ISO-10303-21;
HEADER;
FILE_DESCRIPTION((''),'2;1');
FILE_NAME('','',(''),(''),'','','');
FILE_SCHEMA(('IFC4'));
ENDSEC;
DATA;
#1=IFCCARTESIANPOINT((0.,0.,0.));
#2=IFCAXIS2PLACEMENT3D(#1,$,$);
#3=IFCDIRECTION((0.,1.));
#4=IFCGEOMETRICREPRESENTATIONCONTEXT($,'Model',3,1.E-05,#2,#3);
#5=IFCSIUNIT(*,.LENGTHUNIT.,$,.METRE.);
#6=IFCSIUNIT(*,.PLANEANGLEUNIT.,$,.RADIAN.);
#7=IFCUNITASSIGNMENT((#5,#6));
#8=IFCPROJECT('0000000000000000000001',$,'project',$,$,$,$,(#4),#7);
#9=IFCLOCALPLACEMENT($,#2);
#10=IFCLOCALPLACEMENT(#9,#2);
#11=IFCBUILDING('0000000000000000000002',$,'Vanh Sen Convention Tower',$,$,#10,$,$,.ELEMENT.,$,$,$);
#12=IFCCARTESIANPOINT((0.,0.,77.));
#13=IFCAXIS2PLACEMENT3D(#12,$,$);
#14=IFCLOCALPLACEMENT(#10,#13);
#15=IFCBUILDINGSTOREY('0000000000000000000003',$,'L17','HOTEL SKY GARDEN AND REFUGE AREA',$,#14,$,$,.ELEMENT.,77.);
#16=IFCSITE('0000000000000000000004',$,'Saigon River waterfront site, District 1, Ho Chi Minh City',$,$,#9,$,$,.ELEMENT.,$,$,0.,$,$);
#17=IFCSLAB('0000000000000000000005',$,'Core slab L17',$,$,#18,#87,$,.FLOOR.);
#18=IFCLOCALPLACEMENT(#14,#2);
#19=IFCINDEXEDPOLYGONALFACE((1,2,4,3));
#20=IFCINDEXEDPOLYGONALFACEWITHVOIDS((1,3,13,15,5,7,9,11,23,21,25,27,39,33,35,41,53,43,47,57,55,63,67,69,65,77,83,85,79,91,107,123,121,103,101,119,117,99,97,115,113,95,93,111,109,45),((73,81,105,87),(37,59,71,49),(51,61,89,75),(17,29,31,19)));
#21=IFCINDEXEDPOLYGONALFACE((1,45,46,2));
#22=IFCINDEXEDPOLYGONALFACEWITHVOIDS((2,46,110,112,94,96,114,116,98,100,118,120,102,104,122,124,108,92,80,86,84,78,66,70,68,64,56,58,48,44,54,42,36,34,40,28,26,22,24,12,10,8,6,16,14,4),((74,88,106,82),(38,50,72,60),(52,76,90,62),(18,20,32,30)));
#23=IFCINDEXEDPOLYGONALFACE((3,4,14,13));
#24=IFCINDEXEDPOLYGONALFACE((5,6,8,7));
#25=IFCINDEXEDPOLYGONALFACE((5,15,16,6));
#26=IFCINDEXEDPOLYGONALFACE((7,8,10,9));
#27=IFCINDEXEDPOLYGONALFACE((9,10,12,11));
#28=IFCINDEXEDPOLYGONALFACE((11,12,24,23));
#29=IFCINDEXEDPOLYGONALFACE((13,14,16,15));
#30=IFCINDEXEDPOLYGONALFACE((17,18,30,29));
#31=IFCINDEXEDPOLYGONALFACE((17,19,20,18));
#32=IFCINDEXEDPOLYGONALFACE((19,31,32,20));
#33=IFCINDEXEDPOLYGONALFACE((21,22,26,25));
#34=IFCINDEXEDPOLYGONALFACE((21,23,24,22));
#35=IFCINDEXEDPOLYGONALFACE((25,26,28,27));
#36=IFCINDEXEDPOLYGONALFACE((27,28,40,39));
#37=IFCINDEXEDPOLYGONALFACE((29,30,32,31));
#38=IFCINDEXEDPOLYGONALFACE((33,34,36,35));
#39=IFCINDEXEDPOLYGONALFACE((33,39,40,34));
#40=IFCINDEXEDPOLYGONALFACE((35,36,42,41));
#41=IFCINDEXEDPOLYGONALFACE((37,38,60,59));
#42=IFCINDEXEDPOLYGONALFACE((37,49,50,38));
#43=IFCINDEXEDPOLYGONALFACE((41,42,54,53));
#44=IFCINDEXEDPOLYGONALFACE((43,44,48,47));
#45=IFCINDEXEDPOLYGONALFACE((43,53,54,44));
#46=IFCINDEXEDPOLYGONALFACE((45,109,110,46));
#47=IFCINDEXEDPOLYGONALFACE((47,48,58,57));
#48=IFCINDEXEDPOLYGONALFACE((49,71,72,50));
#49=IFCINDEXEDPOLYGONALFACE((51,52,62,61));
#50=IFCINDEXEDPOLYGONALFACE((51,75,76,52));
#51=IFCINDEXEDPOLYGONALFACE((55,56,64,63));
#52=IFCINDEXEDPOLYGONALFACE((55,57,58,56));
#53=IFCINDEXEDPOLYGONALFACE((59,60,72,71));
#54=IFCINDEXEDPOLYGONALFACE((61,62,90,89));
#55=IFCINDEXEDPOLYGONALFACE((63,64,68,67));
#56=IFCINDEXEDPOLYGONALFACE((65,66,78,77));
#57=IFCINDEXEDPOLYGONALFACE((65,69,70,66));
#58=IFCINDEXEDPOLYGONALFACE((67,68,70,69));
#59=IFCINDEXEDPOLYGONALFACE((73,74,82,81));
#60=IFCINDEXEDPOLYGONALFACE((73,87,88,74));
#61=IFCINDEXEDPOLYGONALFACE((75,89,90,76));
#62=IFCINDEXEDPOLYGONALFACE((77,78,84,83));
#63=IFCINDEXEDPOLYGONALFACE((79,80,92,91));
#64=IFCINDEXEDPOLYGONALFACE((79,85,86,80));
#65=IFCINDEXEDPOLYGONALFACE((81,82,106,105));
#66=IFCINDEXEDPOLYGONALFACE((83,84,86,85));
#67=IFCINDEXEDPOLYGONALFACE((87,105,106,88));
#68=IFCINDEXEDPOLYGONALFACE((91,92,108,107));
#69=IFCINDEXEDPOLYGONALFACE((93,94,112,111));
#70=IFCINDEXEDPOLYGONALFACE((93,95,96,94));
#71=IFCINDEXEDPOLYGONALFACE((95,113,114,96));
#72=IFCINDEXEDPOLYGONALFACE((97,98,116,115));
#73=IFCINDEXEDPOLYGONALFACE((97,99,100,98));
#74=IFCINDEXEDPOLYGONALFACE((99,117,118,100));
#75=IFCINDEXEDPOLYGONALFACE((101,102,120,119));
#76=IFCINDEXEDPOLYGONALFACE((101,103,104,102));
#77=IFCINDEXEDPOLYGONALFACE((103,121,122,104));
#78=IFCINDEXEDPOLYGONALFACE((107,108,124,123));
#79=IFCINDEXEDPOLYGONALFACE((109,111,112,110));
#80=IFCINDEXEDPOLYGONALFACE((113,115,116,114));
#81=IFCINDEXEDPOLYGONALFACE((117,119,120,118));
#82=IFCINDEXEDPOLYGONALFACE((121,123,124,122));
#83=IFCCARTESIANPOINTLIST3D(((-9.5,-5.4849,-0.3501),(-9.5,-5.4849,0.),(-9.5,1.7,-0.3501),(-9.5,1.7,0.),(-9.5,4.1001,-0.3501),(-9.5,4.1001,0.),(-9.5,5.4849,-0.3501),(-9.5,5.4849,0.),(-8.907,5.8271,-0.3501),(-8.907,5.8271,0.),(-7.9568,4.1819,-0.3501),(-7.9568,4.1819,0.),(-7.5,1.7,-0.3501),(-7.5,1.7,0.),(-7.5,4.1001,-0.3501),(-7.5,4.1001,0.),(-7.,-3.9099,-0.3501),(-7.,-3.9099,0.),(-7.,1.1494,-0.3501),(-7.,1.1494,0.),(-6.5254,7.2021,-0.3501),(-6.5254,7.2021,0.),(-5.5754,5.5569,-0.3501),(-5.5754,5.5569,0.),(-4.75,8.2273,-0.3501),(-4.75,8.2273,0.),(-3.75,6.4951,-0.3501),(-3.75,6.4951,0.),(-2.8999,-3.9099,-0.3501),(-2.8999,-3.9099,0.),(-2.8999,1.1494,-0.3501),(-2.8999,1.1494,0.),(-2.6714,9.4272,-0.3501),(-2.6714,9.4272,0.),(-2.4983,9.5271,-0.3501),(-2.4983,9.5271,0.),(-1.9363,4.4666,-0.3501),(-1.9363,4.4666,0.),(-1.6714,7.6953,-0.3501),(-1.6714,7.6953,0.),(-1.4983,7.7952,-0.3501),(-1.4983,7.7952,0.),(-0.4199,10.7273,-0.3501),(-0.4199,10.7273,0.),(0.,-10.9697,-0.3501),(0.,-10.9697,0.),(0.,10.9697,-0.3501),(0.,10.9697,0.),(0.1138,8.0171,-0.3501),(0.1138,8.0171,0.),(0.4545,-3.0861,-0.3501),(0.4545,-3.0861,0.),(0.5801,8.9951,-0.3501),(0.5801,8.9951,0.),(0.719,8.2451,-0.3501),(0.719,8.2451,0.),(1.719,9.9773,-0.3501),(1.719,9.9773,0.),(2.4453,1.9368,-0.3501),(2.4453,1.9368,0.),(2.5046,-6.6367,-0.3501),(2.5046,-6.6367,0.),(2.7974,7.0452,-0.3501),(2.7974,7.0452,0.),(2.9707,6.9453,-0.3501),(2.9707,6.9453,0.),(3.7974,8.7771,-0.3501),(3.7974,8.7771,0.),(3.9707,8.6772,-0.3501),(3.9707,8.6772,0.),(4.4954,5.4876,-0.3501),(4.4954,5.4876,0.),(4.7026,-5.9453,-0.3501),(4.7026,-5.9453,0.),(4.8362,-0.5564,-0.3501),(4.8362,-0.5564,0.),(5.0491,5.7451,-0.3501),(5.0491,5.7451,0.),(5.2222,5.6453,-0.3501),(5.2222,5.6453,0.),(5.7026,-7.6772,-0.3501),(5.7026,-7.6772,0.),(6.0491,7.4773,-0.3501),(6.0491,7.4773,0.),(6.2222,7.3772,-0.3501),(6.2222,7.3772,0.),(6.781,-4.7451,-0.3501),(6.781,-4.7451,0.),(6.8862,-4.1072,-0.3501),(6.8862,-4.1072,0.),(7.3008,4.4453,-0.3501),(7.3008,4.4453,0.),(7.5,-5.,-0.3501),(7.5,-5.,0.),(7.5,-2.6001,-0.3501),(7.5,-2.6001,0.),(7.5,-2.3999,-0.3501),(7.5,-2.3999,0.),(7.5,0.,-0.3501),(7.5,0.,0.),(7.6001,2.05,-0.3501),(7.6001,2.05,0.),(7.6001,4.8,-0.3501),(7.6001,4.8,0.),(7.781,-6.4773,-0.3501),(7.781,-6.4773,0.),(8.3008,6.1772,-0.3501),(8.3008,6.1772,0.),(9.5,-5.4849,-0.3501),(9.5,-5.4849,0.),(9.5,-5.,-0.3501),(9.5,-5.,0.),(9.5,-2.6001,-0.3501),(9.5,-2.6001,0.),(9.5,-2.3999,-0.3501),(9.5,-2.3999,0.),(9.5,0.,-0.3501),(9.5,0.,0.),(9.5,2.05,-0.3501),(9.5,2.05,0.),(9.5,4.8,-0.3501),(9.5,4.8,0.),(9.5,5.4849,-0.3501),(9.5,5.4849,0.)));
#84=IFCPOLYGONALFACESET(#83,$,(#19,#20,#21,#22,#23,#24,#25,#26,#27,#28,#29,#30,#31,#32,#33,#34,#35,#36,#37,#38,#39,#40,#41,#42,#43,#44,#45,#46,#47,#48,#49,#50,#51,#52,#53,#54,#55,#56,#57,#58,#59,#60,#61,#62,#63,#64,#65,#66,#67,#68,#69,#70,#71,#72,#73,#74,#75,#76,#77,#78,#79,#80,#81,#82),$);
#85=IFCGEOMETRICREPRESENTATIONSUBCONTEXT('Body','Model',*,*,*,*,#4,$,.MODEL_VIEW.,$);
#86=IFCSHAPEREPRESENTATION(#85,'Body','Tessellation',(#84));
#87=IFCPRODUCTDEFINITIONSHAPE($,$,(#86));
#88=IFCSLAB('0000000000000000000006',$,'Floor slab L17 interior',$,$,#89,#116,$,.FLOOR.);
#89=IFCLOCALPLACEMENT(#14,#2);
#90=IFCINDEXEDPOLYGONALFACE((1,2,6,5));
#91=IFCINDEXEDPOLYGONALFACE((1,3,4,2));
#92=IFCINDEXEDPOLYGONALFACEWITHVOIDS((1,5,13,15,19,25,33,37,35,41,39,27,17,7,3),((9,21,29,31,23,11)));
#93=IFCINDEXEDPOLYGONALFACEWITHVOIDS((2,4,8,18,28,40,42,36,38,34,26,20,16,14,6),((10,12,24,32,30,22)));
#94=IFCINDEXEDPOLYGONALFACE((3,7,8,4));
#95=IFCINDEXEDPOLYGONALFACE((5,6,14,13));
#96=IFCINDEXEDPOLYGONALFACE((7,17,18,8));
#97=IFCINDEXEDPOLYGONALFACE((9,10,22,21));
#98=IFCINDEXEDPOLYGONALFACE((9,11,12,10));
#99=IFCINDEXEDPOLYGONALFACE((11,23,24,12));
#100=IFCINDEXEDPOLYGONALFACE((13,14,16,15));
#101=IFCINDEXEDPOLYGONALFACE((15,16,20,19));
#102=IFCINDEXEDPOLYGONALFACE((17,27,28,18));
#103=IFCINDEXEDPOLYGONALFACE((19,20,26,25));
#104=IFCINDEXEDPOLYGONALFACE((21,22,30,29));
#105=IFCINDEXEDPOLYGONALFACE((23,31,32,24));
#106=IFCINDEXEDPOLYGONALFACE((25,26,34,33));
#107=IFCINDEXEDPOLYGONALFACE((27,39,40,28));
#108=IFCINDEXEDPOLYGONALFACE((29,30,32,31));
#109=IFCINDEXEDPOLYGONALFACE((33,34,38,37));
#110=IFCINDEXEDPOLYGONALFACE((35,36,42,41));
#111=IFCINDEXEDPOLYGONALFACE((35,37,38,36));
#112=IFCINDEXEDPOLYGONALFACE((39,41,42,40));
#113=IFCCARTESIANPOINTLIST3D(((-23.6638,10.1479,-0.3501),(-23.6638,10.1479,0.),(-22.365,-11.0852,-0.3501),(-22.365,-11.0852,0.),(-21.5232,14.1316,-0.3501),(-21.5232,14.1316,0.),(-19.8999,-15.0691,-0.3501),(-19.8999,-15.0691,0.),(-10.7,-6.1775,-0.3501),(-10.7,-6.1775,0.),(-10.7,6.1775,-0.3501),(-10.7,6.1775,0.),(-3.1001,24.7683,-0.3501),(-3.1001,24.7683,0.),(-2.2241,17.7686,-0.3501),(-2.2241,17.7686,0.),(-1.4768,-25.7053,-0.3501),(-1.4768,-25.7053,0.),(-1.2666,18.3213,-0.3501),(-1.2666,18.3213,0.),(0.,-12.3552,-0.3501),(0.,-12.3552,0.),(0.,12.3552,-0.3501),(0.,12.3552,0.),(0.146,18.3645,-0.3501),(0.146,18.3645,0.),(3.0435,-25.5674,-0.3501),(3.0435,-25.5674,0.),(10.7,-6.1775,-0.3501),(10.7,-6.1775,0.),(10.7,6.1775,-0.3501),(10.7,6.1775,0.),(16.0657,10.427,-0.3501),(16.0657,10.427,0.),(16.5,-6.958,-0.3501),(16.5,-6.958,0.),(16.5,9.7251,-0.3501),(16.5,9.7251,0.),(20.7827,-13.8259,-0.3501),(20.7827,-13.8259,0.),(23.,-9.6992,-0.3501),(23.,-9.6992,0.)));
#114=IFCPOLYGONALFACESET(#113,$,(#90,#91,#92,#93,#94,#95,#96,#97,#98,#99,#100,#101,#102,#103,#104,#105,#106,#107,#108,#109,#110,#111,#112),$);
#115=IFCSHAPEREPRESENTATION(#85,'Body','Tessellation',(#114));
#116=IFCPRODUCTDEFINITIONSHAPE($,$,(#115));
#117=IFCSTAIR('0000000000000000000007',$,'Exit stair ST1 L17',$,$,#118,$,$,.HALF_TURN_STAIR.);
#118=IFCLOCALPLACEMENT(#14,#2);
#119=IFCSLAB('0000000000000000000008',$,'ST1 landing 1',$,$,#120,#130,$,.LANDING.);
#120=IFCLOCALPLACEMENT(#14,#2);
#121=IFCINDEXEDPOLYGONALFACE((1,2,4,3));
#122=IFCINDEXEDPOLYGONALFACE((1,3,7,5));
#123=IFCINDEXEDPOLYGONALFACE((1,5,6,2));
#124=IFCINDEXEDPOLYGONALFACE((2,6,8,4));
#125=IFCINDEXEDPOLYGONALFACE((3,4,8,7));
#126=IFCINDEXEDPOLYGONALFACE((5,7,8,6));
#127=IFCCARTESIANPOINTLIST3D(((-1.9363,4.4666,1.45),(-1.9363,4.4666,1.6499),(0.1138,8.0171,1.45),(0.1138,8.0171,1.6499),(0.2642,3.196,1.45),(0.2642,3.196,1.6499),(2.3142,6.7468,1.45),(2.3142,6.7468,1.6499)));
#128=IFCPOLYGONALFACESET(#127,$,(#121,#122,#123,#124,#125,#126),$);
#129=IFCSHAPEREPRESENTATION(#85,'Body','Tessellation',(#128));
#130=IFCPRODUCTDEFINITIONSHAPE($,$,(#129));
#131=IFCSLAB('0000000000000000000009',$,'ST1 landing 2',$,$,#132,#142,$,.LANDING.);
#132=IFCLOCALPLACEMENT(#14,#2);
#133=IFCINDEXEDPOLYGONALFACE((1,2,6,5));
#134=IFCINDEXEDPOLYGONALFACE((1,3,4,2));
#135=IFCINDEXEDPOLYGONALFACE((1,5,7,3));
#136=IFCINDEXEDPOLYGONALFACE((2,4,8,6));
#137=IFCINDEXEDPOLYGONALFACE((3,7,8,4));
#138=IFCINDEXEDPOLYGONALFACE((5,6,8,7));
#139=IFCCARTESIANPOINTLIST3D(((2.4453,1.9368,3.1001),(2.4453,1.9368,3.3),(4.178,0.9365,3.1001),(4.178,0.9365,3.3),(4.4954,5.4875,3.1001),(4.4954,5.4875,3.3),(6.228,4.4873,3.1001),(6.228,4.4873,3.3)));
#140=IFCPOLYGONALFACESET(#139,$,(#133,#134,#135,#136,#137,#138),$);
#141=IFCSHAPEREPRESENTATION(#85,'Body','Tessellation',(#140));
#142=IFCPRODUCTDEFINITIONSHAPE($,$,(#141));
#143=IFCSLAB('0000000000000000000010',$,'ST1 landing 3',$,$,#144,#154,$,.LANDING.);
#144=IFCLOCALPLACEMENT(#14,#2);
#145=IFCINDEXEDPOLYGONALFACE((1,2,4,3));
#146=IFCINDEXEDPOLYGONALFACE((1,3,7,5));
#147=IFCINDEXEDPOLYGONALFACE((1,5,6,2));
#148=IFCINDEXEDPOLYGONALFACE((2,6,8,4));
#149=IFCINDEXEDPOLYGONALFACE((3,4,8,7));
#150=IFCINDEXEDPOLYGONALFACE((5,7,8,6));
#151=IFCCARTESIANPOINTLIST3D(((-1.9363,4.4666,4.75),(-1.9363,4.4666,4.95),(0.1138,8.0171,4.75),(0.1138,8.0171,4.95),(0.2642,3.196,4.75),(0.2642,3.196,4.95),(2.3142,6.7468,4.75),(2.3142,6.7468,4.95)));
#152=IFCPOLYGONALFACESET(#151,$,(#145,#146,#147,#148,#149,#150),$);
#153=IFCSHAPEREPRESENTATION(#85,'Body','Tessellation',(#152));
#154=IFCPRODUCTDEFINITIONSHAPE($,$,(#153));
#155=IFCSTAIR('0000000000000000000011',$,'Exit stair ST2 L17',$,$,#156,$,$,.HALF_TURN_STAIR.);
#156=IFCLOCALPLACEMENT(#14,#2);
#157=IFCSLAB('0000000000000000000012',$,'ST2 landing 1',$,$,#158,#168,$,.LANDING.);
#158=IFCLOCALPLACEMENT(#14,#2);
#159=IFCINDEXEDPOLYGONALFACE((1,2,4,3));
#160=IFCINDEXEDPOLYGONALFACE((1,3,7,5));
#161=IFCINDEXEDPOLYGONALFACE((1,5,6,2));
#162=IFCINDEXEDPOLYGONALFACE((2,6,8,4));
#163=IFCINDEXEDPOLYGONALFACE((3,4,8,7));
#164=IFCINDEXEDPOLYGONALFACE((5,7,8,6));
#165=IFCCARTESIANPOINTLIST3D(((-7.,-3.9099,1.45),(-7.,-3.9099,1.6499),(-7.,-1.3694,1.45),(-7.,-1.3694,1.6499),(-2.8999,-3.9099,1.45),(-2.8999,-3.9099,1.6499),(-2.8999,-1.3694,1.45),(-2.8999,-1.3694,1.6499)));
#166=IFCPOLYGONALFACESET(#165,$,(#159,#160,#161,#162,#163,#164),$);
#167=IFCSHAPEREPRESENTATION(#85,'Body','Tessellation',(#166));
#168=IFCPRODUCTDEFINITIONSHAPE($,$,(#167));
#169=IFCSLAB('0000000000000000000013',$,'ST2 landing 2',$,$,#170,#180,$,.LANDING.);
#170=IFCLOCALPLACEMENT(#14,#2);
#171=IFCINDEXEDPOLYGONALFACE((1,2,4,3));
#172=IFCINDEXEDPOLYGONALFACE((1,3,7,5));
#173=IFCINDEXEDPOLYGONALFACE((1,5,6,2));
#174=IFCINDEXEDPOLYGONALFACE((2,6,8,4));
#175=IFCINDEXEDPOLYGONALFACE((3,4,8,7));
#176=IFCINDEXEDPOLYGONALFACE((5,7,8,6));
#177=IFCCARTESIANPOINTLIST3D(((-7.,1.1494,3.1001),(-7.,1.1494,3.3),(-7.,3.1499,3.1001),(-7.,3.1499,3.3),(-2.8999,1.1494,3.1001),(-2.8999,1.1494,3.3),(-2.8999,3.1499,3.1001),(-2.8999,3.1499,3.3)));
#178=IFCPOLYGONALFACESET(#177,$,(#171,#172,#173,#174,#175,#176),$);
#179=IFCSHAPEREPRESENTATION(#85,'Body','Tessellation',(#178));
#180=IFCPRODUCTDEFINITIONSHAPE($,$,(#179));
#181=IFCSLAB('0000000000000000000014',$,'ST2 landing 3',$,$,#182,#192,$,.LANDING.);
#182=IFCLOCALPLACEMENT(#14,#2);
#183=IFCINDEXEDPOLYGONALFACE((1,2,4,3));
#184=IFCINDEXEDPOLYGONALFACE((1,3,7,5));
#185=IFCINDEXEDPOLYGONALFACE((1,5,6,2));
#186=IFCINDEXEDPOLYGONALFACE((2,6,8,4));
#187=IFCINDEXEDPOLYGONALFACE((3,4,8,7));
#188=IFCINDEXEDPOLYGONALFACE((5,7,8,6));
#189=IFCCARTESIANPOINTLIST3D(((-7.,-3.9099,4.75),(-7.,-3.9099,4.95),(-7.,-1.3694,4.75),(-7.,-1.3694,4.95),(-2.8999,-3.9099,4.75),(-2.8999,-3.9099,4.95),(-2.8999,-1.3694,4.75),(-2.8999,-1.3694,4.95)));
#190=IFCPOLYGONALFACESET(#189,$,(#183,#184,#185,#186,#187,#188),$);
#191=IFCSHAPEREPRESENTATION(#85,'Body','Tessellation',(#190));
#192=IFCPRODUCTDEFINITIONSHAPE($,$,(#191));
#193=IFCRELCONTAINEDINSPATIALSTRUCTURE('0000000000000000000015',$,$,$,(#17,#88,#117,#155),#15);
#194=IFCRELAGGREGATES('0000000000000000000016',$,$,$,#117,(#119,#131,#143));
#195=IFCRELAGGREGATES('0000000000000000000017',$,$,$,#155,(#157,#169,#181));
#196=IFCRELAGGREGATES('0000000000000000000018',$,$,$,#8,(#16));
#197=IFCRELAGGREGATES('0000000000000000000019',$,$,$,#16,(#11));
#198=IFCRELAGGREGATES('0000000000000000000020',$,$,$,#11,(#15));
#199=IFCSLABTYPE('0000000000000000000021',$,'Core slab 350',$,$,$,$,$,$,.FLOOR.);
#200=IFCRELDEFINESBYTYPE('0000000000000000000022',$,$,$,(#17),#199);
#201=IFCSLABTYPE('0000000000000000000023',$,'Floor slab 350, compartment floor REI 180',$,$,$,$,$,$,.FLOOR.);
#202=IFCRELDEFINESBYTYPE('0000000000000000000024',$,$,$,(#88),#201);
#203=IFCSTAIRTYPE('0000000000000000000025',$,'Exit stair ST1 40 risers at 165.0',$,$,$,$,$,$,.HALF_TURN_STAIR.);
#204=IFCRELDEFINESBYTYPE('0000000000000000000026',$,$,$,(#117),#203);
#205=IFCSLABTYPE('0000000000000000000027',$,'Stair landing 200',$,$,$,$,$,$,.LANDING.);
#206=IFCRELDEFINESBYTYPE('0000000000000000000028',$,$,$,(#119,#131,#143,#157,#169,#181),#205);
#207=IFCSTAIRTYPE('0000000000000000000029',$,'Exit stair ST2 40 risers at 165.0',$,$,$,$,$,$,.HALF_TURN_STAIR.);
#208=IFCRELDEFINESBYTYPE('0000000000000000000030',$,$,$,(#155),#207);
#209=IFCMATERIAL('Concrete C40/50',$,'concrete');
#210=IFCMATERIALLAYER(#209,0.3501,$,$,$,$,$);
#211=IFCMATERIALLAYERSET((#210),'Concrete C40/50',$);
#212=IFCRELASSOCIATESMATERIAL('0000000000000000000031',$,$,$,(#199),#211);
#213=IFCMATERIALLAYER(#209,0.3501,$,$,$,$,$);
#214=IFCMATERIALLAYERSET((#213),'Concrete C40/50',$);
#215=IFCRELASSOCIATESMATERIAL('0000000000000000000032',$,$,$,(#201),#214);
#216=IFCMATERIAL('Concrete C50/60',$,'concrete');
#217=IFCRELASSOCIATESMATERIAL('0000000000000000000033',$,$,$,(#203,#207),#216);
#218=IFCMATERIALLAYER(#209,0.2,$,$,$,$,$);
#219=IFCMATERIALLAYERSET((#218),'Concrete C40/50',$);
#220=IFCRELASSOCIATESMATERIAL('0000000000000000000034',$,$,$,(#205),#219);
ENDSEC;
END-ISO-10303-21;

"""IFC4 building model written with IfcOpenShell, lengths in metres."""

from ifc_helpers import new_model, si_unit, direction, frame, origin, place, context, subcontext, project, spatial, polyline, outline, extrude, material, layer, layer_set, type_object, element, aggregate, save


model = new_model("IFC4")

# Units and contexts
model_context = context("Model", 3, precision=1e-05, world=origin(), true_north=direction((0.0, 1.0)))
body_context = subcontext(model_context, "Body", "Model", "MODEL_VIEW")
ifc_project = project(units=[si_unit("LENGTHUNIT", "METRE"), si_unit("PLANEANGLEUNIT", "RADIAN")], contexts=[model_context])

# Site, building, storey
site_placement = place(None, origin())
site = spatial("IfcSite", under=ifc_project, at=site_placement, Name="Saigon River waterfront site, District 1, Ho Chi Minh City", CompositionType="ELEMENT", RefElevation=0.0)
building_placement = place(site_placement, origin())
building = spatial("IfcBuilding", under=site, at=building_placement, Name="Vanh Sen Convention Tower", CompositionType="ELEMENT")
storey_placement = place(building_placement, frame((0.0, 0.0, 77.0)))
storey = spatial("IfcBuildingStorey", under=building, at=storey_placement, Name="L17", Description="HOTEL SKY GARDEN AND REFUGE AREA", CompositionType="ELEMENT", Elevation=77.0)

# Slabs
ifc_material_1 = material(Name="Concrete C40/50", Category="concrete")
ifc_layer_1 = layer(ifc_material_1, 0.3501)
ifc_layer_set_1 = layer_set([ifc_layer_1], Name="Concrete C40/50")
slab_type_1 = type_object("IfcSlabType", Name="Core slab 350", PredefinedType="FLOOR", material=ifc_layer_set_1)
slab_1_placement = place(storey_placement, frame((0.0, 0.0, -0.3501)))
element("IfcSlab", 1, at=slab_1_placement, inside=storey, type_object=slab_type_1, Name="Core slab L17", PredefinedType="FLOOR", context=body_context, shape_type="SweptSolid", body=[
    extrude(outline(polyline([(9.5, 5.4849), (9.5, 4.8), (7.6001, 4.8), (7.6001, 2.05), (9.5, 2.05), (9.5, 0.0), (7.5, 0.0), (7.5, -2.3999), (9.5, -2.3999), (9.5, -2.6001), (7.5, -2.6001), (7.5, -5.0), (9.5, -5.0), (9.5, -5.4849), (0.0, -10.9697), (-9.5, -5.4849), (-9.5, 1.7), (-7.5, 1.7), (-7.5, 4.1001), (-9.5, 4.1001), (-9.5, 5.4849), (-8.907, 5.8271), (-7.9568, 4.1819), (-5.5754, 5.5569), (-6.5254, 7.2021), (-4.75, 8.2273), (-3.75, 6.4951), (-1.6714, 7.6953), (-2.6714, 9.4272), (-2.4983, 9.5271), (-1.4983, 7.7952), (0.5801, 8.9951), (-0.4199, 10.7273), (0.0, 10.9697), (1.719, 9.9773), (0.719, 8.2451), (2.7974, 7.0452), (3.7974, 8.7771), (3.9707, 8.6772), (2.9707, 6.9453), (5.0491, 5.7451), (6.0491, 7.4773), (6.2222, 7.3772), (5.2222, 5.6453), (7.3008, 4.4453), (8.3008, 6.1772), (9.5, 5.4849)]), holes=[polyline([(-7.0, 3.1499), (-7.0, -3.9099), (-2.8999, -3.9099), (-2.8999, 3.1499), (-2.8999, 1.1494), (-7.0, 1.1494), (-7.0, 3.1499)]), polyline([(4.4954, 5.4875), (6.228, 4.4873), (0.1138, 8.0171), (-1.9363, 4.4666), (2.4453, 1.9368), (4.4954, 5.4875)]), polyline([(7.781, -6.4773), (6.781, -4.7451), (4.7026, -5.9453), (5.7026, -7.6772), (7.781, -6.4773)]), polyline([(0.4546, -3.0862), (2.5046, -6.6367), (6.8862, -4.1072), (4.8362, -0.5564), (-1.2781, -4.0864), (0.4546, -3.0862)])]), origin(), (0.0, 0.0, 1.0), 0.3501),
])
ifc_layer_2 = layer(ifc_material_1, 0.3501)
ifc_layer_set_2 = layer_set([ifc_layer_2], Name="Concrete C40/50")
slab_type_2 = type_object("IfcSlabType", Name="Floor slab 350, compartment floor REI 180", PredefinedType="FLOOR", material=ifc_layer_set_2)
slab_2_placement = place(storey_placement, frame((0.0, 0.0, -0.3501)))
element("IfcSlab", 2, at=slab_2_placement, inside=storey, type_object=slab_type_2, Name="Floor slab L17 interior", PredefinedType="FLOOR", context=body_context, shape_type="SweptSolid", body=[
    extrude(outline(polyline([(20.7827, -13.8259), (23.0, -9.6992), (16.5, -6.958), (16.5, 9.7251), (16.0657, 10.427), (0.146, 18.3645), (-1.2666, 18.3213), (-2.2241, 17.7686), (-3.1001, 24.7683), (-3.1001, 24.7683), (-21.5232, 14.1316), (-23.6638, 10.1479), (-22.365, -11.0852), (-19.8999, -15.0691), (-1.4768, -25.7053), (3.0435, -25.5674), (20.7827, -13.8259)]), holes=[polyline([(0.0, 12.3552), (-10.7, 6.1775), (-10.7, -6.1775), (0.0, -12.3552), (10.7, -6.1775), (10.7, 6.1775), (0.0, 12.3552)])]), origin(), (0.0, 0.0, 1.0), 0.3501),
])

# Stairs, slabs
ifc_material_2 = material(Name="Concrete C50/60", Category="concrete")
stair_type_1 = type_object("IfcStairType", Name="Exit stair ST1 40 risers at 165.0", PredefinedType="HALF_TURN_STAIR", material=ifc_material_2)
stair_1_placement = place(storey_placement, origin())
stair_1 = element("IfcStair", 3, at=stair_1_placement, inside=storey, type_object=stair_type_1, Name="Exit stair ST1 L17", PredefinedType="HALF_TURN_STAIR")
ifc_layer_3 = layer(ifc_material_1, 0.2)
ifc_layer_set_3 = layer_set([ifc_layer_3], Name="Concrete C40/50")
slab_type_3 = type_object("IfcSlabType", Name="Stair landing 200", PredefinedType="LANDING", material=ifc_layer_set_3)
slab_3_placement = place(storey_placement, frame((0.0, 0.0, 1.45)))
slab_3 = element("IfcSlab", 4, at=slab_3_placement, type_object=slab_type_3, Name="ST1 landing 1", PredefinedType="LANDING", context=body_context, shape_type="SweptSolid", body=[
    extrude(outline(polyline([(2.3142, 6.7468), (0.1138, 8.0171), (-1.9363, 4.4666), (0.2642, 3.196), (2.3142, 6.7468)])), origin(), (0.0, 0.0, 1.0), 0.2),
])
slab_4_placement = place(storey_placement, frame((0.0, 0.0, 3.1001)))
slab_4 = element("IfcSlab", 5, at=slab_4_placement, type_object=slab_type_3, Name="ST1 landing 2", PredefinedType="LANDING", context=body_context, shape_type="SweptSolid", body=[
    extrude(outline(polyline([(6.228, 4.4873), (4.4954, 5.4875), (2.4453, 1.9368), (4.178, 0.9365), (6.228, 4.4873)])), origin(), (0.0, 0.0, 1.0), 0.2),
])
slab_5_placement = place(storey_placement, frame((0.0, 0.0, 4.75)))
slab_5 = element("IfcSlab", 6, at=slab_5_placement, type_object=slab_type_3, Name="ST1 landing 3", PredefinedType="LANDING", context=body_context, shape_type="SweptSolid", body=[
    extrude(outline(polyline([(2.3142, 6.7468), (0.1138, 8.0171), (-1.9363, 4.4666), (0.2642, 3.196), (2.3142, 6.7468)])), origin(), (0.0, 0.0, 1.0), 0.2),
])
aggregate(stair_1, [slab_3, slab_4, slab_5])
stair_type_2 = type_object("IfcStairType", Name="Exit stair ST2 40 risers at 165.0", PredefinedType="HALF_TURN_STAIR", material=ifc_material_2)
stair_2_placement = place(storey_placement, origin())
stair_2 = element("IfcStair", 7, at=stair_2_placement, inside=storey, type_object=stair_type_2, Name="Exit stair ST2 L17", PredefinedType="HALF_TURN_STAIR")
slab_6_placement = place(storey_placement, frame((0.0, 0.0, 1.45)))
slab_6 = element("IfcSlab", 8, at=slab_6_placement, type_object=slab_type_3, Name="ST2 landing 1", PredefinedType="LANDING", context=body_context, shape_type="SweptSolid", body=[
    extrude(outline(polyline([(-7.0, -1.3694), (-7.0, -3.9099), (-2.8999, -3.9099), (-2.8999, -1.3694), (-7.0, -1.3694)])), origin(), (0.0, 0.0, 1.0), 0.2),
])
slab_7_placement = place(storey_placement, frame((0.0, 0.0, 3.1001)))
slab_7 = element("IfcSlab", 9, at=slab_7_placement, type_object=slab_type_3, Name="ST2 landing 2", PredefinedType="LANDING", context=body_context, shape_type="SweptSolid", body=[
    extrude(outline(polyline([(-7.0, 3.1499), (-7.0, 1.1494), (-2.8999, 1.1494), (-2.8999, 3.1499), (-7.0, 3.1499)])), origin(), (0.0, 0.0, 1.0), 0.2),
])
slab_8_placement = place(storey_placement, frame((0.0, 0.0, 4.75)))
slab_8 = element("IfcSlab", 10, at=slab_8_placement, type_object=slab_type_3, Name="ST2 landing 3", PredefinedType="LANDING", context=body_context, shape_type="SweptSolid", body=[
    extrude(outline(polyline([(-7.0, -1.3694), (-7.0, -3.9099), (-2.8999, -3.9099), (-2.8999, -1.3694), (-7.0, -1.3694)])), origin(), (0.0, 0.0, 1.0), 0.2),
])
aggregate(stair_2, [slab_6, slab_7, slab_8])

save(model, "model.ifc")
